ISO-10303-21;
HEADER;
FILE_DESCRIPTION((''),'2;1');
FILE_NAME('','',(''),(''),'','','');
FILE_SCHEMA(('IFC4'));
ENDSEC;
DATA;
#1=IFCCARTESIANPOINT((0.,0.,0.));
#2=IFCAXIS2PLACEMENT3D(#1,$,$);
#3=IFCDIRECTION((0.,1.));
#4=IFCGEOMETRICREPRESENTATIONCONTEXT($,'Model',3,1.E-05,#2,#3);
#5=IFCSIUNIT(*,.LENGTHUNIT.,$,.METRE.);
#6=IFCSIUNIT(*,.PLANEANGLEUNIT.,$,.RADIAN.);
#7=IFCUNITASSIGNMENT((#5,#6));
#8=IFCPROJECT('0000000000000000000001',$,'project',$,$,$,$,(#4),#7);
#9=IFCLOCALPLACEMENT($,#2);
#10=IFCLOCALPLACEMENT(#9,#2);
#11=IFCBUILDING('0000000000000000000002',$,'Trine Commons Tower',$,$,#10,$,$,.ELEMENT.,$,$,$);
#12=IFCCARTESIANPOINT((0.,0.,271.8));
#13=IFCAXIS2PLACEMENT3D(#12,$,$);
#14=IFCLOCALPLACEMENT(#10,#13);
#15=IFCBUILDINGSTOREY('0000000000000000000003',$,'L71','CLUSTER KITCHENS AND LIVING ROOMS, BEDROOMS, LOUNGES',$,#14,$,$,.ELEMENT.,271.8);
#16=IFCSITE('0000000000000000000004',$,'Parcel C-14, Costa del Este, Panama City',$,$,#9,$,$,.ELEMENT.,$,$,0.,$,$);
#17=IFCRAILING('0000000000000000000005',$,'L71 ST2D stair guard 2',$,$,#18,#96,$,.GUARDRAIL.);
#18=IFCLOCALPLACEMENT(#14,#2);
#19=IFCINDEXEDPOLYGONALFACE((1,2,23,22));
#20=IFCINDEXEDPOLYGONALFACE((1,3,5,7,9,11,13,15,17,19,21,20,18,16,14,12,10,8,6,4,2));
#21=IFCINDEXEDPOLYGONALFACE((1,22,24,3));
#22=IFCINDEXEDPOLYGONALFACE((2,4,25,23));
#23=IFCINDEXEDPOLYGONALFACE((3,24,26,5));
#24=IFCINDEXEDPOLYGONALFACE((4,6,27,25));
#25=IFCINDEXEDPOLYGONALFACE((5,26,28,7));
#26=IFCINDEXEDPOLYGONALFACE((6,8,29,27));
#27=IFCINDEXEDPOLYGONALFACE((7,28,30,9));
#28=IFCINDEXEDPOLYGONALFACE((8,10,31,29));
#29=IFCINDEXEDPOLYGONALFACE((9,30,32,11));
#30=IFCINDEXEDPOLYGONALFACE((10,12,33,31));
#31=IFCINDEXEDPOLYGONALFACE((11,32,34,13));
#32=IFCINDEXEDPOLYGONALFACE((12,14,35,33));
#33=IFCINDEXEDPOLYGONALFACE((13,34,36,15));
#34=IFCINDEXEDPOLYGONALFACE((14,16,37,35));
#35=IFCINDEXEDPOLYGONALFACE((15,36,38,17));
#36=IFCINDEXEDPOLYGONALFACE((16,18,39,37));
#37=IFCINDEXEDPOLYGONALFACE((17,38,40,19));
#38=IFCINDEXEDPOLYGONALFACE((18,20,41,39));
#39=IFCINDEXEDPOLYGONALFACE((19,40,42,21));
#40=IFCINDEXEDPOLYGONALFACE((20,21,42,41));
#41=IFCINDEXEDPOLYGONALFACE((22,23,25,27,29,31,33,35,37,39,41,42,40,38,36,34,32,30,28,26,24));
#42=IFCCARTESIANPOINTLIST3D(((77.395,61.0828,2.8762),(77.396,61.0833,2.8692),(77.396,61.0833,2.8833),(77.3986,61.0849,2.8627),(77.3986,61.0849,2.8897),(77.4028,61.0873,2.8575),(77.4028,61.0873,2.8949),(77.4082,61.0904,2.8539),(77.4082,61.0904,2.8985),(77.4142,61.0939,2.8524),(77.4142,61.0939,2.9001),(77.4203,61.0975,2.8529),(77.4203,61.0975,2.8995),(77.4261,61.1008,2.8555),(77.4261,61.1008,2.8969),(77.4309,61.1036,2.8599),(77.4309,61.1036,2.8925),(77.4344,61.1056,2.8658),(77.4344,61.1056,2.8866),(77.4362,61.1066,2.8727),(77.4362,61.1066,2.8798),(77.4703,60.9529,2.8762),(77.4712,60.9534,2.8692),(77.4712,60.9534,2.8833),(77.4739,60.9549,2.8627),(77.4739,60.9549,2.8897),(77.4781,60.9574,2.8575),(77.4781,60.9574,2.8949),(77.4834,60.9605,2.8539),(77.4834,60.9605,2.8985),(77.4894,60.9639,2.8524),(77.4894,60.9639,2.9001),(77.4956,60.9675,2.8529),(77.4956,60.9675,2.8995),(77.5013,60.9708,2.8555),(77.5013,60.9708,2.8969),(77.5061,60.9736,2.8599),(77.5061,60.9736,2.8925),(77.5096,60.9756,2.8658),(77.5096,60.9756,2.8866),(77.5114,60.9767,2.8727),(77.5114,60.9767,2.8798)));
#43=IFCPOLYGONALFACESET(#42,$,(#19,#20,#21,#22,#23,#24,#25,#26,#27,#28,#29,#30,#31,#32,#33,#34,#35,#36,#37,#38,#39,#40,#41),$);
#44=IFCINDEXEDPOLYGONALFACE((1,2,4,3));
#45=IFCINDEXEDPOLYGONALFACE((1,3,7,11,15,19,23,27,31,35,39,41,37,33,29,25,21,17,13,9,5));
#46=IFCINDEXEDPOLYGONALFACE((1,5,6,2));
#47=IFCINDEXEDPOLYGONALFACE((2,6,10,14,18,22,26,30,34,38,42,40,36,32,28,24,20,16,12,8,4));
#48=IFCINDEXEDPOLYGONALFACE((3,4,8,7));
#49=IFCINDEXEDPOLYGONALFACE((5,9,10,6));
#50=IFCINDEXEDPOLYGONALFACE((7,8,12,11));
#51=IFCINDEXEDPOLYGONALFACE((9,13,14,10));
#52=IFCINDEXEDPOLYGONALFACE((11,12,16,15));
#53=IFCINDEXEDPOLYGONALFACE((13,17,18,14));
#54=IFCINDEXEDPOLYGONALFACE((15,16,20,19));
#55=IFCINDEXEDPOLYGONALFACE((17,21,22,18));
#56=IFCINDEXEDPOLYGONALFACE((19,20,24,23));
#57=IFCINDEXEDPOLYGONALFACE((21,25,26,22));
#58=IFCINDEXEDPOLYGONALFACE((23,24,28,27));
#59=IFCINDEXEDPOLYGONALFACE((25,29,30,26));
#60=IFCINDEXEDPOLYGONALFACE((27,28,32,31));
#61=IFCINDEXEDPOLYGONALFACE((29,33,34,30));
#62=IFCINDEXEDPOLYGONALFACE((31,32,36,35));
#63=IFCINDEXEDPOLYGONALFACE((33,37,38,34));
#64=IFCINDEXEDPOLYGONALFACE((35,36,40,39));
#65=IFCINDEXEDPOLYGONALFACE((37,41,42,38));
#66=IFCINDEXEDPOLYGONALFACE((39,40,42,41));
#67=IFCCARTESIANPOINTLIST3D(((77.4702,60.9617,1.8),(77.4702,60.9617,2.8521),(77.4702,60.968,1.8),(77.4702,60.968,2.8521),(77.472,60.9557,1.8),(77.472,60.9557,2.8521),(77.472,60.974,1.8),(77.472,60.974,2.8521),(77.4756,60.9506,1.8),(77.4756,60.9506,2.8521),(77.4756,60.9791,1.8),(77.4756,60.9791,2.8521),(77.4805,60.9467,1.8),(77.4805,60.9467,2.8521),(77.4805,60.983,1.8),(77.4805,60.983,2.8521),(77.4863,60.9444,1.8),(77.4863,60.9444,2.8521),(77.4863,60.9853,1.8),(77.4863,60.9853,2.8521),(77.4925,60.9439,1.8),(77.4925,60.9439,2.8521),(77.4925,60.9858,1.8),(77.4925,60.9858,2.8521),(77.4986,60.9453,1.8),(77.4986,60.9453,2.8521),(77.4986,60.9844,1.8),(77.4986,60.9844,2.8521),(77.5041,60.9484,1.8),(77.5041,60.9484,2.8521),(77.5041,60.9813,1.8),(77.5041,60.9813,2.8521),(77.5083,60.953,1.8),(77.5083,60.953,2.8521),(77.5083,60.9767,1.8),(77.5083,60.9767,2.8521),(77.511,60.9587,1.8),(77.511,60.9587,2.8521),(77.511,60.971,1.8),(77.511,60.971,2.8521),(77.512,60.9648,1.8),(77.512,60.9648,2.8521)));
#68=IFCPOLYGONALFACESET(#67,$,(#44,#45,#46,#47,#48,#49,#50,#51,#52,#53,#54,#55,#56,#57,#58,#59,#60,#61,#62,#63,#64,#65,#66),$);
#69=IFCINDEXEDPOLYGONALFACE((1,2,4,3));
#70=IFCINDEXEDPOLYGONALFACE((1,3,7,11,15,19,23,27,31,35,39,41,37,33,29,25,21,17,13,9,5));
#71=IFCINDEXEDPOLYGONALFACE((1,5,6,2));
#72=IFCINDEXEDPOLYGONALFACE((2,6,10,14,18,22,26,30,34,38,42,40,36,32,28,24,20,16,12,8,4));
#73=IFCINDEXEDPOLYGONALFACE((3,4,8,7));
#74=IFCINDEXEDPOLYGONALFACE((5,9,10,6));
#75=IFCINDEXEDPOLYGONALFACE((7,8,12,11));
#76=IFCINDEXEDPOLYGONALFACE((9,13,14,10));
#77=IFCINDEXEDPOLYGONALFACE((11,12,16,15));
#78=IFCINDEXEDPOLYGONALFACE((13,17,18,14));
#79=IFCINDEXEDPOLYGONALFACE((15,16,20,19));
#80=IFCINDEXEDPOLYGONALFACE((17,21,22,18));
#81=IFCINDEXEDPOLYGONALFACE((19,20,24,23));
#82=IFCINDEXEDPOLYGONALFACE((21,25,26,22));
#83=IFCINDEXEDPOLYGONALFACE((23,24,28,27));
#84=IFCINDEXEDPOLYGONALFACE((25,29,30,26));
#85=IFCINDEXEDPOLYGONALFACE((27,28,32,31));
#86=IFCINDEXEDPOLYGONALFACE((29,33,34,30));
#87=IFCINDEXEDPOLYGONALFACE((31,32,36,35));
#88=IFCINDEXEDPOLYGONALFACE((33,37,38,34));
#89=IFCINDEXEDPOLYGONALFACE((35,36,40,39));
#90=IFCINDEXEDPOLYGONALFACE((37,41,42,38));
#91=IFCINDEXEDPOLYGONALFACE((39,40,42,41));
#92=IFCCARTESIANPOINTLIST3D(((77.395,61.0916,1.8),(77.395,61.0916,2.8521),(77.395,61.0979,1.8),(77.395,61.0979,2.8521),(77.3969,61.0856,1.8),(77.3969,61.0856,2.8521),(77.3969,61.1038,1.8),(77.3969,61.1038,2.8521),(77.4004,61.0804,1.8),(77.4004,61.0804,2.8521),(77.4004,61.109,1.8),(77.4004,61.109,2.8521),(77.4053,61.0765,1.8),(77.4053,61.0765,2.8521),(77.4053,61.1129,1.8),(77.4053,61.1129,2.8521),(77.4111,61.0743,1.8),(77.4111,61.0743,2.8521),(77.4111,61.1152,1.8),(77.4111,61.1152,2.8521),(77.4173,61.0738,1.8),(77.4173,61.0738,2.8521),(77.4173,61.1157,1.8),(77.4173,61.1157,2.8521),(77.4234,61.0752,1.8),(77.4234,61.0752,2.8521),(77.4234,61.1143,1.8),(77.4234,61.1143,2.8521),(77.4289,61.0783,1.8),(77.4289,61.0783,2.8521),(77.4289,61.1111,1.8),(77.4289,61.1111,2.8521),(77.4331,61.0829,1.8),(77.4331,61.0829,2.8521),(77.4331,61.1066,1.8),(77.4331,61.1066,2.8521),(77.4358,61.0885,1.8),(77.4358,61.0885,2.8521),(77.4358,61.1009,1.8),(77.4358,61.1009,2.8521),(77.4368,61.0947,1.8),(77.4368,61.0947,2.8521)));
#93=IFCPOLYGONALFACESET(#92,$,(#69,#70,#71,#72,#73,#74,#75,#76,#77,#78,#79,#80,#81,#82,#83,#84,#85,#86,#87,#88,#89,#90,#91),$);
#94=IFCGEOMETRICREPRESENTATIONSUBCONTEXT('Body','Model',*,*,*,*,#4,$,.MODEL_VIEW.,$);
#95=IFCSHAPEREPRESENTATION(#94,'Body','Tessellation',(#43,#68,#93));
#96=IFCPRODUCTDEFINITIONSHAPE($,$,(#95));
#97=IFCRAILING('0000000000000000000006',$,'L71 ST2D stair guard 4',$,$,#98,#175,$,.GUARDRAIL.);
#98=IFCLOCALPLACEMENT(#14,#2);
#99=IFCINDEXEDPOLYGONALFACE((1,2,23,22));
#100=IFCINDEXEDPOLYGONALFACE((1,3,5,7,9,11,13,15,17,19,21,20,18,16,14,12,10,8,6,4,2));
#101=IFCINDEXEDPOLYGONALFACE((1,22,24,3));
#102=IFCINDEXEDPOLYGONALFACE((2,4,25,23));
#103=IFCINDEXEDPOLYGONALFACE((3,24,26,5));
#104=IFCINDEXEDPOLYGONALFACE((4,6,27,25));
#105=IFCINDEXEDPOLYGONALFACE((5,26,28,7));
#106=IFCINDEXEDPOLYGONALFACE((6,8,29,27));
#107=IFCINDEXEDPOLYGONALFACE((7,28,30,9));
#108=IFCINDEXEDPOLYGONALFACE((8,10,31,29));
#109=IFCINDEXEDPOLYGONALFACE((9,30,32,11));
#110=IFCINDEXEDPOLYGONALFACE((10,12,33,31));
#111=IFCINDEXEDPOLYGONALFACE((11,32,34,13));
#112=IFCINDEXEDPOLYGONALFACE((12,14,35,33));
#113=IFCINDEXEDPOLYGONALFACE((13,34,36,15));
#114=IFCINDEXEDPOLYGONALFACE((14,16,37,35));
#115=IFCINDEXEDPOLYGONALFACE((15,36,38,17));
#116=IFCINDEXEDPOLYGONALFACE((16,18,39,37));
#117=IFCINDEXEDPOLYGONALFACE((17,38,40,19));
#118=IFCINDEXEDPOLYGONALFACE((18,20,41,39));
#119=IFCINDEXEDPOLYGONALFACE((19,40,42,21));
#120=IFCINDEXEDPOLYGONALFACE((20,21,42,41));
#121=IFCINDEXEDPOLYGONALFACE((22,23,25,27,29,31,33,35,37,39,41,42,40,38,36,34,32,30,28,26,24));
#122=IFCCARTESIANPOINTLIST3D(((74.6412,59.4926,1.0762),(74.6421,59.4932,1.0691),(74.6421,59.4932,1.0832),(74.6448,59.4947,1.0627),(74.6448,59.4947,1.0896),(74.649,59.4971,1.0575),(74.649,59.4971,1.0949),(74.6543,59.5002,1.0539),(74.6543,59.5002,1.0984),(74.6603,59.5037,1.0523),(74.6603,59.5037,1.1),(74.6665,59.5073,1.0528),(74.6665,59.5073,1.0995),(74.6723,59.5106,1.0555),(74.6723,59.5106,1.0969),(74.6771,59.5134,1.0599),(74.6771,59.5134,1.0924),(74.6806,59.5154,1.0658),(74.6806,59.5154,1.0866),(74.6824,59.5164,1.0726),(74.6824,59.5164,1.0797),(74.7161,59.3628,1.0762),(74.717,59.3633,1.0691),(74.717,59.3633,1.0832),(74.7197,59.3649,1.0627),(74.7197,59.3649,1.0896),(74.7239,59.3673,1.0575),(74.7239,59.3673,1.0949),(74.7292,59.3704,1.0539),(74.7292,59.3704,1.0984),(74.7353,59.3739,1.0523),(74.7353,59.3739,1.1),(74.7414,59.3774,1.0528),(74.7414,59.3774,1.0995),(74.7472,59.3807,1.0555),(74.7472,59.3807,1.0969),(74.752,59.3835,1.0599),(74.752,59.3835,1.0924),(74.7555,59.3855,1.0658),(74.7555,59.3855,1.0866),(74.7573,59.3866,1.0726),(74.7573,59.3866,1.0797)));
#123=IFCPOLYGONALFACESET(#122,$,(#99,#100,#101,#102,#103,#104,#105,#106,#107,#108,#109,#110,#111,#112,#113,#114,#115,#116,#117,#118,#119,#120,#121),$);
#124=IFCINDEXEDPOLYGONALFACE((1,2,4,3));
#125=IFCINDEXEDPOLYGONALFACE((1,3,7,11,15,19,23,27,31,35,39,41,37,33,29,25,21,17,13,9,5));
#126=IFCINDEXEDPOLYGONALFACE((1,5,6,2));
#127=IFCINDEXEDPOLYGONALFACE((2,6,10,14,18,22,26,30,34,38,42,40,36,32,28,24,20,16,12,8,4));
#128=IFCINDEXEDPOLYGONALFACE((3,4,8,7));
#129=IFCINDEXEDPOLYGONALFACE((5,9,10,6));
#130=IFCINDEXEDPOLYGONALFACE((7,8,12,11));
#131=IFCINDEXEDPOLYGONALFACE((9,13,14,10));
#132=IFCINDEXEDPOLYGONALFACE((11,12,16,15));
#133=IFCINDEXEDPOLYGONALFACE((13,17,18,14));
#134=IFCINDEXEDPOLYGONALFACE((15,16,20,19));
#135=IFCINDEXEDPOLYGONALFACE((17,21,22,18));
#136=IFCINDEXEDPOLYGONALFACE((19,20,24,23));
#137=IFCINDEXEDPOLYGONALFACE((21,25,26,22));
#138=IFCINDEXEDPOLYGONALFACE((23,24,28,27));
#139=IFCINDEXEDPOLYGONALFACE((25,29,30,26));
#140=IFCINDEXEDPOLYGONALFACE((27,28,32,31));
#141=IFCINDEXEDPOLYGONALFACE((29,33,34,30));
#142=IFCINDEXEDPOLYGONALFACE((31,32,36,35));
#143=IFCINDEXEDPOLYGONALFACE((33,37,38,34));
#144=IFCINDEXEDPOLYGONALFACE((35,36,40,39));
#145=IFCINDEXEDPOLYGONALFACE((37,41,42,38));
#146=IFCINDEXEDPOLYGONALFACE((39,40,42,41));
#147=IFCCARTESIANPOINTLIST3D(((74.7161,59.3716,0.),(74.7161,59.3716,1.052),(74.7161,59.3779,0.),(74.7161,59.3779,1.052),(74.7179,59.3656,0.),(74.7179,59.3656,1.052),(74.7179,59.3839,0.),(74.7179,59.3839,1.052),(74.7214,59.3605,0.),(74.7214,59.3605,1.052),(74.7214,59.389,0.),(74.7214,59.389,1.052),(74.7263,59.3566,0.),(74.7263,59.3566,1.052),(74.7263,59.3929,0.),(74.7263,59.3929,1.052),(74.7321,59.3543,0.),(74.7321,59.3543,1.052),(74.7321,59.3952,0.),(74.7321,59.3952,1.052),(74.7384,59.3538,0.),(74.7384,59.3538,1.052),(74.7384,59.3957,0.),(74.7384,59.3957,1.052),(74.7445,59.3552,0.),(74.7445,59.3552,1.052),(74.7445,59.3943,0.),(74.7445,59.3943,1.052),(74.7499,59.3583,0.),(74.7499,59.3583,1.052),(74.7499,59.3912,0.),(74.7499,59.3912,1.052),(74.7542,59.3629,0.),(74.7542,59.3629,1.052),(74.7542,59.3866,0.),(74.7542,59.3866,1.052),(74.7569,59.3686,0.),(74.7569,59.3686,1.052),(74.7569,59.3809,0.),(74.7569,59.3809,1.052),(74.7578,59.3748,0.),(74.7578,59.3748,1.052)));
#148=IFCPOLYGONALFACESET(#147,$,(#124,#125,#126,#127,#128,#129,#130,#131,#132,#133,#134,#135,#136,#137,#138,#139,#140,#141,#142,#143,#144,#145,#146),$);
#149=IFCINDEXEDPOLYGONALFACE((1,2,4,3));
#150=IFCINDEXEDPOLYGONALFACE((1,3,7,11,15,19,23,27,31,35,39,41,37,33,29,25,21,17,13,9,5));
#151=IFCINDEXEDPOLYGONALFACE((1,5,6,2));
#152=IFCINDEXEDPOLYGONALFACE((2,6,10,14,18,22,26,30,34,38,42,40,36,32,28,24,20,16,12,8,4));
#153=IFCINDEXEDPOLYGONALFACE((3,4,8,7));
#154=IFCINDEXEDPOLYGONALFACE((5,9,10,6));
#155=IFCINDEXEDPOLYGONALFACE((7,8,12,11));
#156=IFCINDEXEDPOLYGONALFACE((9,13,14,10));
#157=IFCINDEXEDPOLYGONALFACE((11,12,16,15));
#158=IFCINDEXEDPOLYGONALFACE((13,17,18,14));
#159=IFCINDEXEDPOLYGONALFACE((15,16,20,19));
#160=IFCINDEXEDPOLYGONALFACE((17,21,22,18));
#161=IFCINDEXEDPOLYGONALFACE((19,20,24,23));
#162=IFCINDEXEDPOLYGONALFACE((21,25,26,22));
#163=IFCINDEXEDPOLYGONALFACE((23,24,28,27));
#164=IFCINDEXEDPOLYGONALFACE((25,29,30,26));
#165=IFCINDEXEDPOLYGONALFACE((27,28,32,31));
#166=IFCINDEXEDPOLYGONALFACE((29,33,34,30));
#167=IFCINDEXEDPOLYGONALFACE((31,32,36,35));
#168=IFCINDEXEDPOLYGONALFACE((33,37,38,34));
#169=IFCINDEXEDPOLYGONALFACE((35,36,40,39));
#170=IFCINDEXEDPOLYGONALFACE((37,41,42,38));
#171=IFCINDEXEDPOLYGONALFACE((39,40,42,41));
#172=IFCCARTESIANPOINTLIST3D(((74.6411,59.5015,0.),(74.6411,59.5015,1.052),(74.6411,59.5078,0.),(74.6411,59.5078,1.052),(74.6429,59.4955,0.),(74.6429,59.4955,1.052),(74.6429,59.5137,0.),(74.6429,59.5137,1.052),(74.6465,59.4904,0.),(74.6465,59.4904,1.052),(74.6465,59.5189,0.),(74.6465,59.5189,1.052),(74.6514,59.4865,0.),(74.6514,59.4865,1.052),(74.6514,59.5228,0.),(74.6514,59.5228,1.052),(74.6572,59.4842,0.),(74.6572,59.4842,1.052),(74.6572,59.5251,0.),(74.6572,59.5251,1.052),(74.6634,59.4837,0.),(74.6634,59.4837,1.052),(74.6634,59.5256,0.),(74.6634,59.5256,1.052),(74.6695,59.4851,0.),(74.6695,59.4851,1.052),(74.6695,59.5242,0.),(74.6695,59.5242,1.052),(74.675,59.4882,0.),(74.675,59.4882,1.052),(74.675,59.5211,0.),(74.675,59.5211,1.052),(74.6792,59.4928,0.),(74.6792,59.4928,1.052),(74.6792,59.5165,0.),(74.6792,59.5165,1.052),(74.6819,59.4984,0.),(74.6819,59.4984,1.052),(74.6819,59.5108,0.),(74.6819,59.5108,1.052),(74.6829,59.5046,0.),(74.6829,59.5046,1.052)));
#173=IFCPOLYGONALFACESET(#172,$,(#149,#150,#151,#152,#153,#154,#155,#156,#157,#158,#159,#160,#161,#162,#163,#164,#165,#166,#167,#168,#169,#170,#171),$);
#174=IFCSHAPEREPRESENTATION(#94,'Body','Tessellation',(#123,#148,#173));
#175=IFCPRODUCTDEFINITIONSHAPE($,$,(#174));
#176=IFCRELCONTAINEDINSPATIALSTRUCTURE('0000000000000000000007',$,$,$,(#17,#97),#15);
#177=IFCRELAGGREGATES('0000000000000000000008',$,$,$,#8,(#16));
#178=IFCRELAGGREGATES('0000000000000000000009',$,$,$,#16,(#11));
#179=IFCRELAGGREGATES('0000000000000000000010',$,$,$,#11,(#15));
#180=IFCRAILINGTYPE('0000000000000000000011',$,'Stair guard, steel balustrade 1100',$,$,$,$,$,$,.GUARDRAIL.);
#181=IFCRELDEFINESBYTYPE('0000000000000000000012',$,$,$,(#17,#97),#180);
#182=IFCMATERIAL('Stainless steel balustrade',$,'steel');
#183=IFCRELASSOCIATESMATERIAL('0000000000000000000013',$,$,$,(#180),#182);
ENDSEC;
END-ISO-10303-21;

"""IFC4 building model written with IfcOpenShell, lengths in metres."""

from ifc_helpers import new_model, si_unit, direction, frame, origin, origin_2d, place, context, subcontext, project, spatial, circle, extrude, material, type_object, element, save


model = new_model("IFC4")

# Units and contexts
model_context = context("Model", 3, precision=1e-05, world=origin(), true_north=direction((0.0, 1.0)))
body_context = subcontext(model_context, "Body", "Model", "MODEL_VIEW")
ifc_project = project(units=[si_unit("LENGTHUNIT", "METRE"), si_unit("PLANEANGLEUNIT", "RADIAN")], contexts=[model_context])

# Site, building, storey
site_placement = place(None, origin())
site = spatial("IfcSite", under=ifc_project, at=site_placement, Name="Parcel C-14, Costa del Este, Panama City", CompositionType="ELEMENT", RefElevation=0.0)
building_placement = place(site_placement, origin())
building = spatial("IfcBuilding", under=site, at=building_placement, Name="Trine Commons Tower", CompositionType="ELEMENT")
storey_placement = place(building_placement, frame((0.0, 0.0, 271.8)))
storey = spatial("IfcBuildingStorey", under=building, at=storey_placement, Name="L71", Description="CLUSTER KITCHENS AND LIVING ROOMS, BEDROOMS, LOUNGES", CompositionType="ELEMENT", Elevation=271.8)

# Railings
ifc_material_1 = material(Name="Stainless steel balustrade", Category="steel")
railing_type_1 = type_object("IfcRailingType", Name="Stair guard, steel balustrade 1100", PredefinedType="GUARDRAIL", material=ifc_material_1)
railing_1_placement = place(storey_placement, frame((77.491, 60.9648, 1.8)))
element("IfcRailing", 1, at=railing_1_placement, inside=storey, type_object=railing_type_1, Name="L71 ST2D stair guard 2", PredefinedType="GUARDRAIL", context=body_context, shape_type="SweptSolid", body=[
    extrude(circle(Radius=0.0239, at=origin_2d()), frame((0.0, 0.0, 1.0762), z_axis=(-0.501036, 0.865426, 0.0), x_axis=(-0.865426, -0.501036, 0.0)), (0.0, 0.0, 1.0), 0.1501),
    extrude(circle(Radius=0.021, at=origin_2d()), origin(), (0.0, 0.0, 1.0), 1.052),
    extrude(circle(Radius=0.021, at=origin_2d()), frame((-0.0752, 0.1299, 0.0)), (0.0, 0.0, 1.0), 1.052),
])
railing_2_placement = place(storey_placement, frame((74.7368, 59.3748, 0.0)))
element("IfcRailing", 2, at=railing_2_placement, inside=storey, type_object=railing_type_1, Name="L71 ST2D stair guard 4", PredefinedType="GUARDRAIL", context=body_context, shape_type="SweptSolid", body=[
    extrude(circle(Radius=0.0239, at=origin_2d()), frame((0.0, 0.0, 1.0762), z_axis=(-0.499816, 0.866131, 0.0), x_axis=(-0.866131, -0.499816, 0.0)), (0.0, 0.0, 1.0), 0.1499),
    extrude(circle(Radius=0.021, at=origin_2d()), origin(), (0.0, 0.0, 1.0), 1.052),
    extrude(circle(Radius=0.021, at=origin_2d()), frame((-0.075, 0.1299, 0.0)), (0.0, 0.0, 1.0), 1.052),
])

save(model, "model.ifc")
